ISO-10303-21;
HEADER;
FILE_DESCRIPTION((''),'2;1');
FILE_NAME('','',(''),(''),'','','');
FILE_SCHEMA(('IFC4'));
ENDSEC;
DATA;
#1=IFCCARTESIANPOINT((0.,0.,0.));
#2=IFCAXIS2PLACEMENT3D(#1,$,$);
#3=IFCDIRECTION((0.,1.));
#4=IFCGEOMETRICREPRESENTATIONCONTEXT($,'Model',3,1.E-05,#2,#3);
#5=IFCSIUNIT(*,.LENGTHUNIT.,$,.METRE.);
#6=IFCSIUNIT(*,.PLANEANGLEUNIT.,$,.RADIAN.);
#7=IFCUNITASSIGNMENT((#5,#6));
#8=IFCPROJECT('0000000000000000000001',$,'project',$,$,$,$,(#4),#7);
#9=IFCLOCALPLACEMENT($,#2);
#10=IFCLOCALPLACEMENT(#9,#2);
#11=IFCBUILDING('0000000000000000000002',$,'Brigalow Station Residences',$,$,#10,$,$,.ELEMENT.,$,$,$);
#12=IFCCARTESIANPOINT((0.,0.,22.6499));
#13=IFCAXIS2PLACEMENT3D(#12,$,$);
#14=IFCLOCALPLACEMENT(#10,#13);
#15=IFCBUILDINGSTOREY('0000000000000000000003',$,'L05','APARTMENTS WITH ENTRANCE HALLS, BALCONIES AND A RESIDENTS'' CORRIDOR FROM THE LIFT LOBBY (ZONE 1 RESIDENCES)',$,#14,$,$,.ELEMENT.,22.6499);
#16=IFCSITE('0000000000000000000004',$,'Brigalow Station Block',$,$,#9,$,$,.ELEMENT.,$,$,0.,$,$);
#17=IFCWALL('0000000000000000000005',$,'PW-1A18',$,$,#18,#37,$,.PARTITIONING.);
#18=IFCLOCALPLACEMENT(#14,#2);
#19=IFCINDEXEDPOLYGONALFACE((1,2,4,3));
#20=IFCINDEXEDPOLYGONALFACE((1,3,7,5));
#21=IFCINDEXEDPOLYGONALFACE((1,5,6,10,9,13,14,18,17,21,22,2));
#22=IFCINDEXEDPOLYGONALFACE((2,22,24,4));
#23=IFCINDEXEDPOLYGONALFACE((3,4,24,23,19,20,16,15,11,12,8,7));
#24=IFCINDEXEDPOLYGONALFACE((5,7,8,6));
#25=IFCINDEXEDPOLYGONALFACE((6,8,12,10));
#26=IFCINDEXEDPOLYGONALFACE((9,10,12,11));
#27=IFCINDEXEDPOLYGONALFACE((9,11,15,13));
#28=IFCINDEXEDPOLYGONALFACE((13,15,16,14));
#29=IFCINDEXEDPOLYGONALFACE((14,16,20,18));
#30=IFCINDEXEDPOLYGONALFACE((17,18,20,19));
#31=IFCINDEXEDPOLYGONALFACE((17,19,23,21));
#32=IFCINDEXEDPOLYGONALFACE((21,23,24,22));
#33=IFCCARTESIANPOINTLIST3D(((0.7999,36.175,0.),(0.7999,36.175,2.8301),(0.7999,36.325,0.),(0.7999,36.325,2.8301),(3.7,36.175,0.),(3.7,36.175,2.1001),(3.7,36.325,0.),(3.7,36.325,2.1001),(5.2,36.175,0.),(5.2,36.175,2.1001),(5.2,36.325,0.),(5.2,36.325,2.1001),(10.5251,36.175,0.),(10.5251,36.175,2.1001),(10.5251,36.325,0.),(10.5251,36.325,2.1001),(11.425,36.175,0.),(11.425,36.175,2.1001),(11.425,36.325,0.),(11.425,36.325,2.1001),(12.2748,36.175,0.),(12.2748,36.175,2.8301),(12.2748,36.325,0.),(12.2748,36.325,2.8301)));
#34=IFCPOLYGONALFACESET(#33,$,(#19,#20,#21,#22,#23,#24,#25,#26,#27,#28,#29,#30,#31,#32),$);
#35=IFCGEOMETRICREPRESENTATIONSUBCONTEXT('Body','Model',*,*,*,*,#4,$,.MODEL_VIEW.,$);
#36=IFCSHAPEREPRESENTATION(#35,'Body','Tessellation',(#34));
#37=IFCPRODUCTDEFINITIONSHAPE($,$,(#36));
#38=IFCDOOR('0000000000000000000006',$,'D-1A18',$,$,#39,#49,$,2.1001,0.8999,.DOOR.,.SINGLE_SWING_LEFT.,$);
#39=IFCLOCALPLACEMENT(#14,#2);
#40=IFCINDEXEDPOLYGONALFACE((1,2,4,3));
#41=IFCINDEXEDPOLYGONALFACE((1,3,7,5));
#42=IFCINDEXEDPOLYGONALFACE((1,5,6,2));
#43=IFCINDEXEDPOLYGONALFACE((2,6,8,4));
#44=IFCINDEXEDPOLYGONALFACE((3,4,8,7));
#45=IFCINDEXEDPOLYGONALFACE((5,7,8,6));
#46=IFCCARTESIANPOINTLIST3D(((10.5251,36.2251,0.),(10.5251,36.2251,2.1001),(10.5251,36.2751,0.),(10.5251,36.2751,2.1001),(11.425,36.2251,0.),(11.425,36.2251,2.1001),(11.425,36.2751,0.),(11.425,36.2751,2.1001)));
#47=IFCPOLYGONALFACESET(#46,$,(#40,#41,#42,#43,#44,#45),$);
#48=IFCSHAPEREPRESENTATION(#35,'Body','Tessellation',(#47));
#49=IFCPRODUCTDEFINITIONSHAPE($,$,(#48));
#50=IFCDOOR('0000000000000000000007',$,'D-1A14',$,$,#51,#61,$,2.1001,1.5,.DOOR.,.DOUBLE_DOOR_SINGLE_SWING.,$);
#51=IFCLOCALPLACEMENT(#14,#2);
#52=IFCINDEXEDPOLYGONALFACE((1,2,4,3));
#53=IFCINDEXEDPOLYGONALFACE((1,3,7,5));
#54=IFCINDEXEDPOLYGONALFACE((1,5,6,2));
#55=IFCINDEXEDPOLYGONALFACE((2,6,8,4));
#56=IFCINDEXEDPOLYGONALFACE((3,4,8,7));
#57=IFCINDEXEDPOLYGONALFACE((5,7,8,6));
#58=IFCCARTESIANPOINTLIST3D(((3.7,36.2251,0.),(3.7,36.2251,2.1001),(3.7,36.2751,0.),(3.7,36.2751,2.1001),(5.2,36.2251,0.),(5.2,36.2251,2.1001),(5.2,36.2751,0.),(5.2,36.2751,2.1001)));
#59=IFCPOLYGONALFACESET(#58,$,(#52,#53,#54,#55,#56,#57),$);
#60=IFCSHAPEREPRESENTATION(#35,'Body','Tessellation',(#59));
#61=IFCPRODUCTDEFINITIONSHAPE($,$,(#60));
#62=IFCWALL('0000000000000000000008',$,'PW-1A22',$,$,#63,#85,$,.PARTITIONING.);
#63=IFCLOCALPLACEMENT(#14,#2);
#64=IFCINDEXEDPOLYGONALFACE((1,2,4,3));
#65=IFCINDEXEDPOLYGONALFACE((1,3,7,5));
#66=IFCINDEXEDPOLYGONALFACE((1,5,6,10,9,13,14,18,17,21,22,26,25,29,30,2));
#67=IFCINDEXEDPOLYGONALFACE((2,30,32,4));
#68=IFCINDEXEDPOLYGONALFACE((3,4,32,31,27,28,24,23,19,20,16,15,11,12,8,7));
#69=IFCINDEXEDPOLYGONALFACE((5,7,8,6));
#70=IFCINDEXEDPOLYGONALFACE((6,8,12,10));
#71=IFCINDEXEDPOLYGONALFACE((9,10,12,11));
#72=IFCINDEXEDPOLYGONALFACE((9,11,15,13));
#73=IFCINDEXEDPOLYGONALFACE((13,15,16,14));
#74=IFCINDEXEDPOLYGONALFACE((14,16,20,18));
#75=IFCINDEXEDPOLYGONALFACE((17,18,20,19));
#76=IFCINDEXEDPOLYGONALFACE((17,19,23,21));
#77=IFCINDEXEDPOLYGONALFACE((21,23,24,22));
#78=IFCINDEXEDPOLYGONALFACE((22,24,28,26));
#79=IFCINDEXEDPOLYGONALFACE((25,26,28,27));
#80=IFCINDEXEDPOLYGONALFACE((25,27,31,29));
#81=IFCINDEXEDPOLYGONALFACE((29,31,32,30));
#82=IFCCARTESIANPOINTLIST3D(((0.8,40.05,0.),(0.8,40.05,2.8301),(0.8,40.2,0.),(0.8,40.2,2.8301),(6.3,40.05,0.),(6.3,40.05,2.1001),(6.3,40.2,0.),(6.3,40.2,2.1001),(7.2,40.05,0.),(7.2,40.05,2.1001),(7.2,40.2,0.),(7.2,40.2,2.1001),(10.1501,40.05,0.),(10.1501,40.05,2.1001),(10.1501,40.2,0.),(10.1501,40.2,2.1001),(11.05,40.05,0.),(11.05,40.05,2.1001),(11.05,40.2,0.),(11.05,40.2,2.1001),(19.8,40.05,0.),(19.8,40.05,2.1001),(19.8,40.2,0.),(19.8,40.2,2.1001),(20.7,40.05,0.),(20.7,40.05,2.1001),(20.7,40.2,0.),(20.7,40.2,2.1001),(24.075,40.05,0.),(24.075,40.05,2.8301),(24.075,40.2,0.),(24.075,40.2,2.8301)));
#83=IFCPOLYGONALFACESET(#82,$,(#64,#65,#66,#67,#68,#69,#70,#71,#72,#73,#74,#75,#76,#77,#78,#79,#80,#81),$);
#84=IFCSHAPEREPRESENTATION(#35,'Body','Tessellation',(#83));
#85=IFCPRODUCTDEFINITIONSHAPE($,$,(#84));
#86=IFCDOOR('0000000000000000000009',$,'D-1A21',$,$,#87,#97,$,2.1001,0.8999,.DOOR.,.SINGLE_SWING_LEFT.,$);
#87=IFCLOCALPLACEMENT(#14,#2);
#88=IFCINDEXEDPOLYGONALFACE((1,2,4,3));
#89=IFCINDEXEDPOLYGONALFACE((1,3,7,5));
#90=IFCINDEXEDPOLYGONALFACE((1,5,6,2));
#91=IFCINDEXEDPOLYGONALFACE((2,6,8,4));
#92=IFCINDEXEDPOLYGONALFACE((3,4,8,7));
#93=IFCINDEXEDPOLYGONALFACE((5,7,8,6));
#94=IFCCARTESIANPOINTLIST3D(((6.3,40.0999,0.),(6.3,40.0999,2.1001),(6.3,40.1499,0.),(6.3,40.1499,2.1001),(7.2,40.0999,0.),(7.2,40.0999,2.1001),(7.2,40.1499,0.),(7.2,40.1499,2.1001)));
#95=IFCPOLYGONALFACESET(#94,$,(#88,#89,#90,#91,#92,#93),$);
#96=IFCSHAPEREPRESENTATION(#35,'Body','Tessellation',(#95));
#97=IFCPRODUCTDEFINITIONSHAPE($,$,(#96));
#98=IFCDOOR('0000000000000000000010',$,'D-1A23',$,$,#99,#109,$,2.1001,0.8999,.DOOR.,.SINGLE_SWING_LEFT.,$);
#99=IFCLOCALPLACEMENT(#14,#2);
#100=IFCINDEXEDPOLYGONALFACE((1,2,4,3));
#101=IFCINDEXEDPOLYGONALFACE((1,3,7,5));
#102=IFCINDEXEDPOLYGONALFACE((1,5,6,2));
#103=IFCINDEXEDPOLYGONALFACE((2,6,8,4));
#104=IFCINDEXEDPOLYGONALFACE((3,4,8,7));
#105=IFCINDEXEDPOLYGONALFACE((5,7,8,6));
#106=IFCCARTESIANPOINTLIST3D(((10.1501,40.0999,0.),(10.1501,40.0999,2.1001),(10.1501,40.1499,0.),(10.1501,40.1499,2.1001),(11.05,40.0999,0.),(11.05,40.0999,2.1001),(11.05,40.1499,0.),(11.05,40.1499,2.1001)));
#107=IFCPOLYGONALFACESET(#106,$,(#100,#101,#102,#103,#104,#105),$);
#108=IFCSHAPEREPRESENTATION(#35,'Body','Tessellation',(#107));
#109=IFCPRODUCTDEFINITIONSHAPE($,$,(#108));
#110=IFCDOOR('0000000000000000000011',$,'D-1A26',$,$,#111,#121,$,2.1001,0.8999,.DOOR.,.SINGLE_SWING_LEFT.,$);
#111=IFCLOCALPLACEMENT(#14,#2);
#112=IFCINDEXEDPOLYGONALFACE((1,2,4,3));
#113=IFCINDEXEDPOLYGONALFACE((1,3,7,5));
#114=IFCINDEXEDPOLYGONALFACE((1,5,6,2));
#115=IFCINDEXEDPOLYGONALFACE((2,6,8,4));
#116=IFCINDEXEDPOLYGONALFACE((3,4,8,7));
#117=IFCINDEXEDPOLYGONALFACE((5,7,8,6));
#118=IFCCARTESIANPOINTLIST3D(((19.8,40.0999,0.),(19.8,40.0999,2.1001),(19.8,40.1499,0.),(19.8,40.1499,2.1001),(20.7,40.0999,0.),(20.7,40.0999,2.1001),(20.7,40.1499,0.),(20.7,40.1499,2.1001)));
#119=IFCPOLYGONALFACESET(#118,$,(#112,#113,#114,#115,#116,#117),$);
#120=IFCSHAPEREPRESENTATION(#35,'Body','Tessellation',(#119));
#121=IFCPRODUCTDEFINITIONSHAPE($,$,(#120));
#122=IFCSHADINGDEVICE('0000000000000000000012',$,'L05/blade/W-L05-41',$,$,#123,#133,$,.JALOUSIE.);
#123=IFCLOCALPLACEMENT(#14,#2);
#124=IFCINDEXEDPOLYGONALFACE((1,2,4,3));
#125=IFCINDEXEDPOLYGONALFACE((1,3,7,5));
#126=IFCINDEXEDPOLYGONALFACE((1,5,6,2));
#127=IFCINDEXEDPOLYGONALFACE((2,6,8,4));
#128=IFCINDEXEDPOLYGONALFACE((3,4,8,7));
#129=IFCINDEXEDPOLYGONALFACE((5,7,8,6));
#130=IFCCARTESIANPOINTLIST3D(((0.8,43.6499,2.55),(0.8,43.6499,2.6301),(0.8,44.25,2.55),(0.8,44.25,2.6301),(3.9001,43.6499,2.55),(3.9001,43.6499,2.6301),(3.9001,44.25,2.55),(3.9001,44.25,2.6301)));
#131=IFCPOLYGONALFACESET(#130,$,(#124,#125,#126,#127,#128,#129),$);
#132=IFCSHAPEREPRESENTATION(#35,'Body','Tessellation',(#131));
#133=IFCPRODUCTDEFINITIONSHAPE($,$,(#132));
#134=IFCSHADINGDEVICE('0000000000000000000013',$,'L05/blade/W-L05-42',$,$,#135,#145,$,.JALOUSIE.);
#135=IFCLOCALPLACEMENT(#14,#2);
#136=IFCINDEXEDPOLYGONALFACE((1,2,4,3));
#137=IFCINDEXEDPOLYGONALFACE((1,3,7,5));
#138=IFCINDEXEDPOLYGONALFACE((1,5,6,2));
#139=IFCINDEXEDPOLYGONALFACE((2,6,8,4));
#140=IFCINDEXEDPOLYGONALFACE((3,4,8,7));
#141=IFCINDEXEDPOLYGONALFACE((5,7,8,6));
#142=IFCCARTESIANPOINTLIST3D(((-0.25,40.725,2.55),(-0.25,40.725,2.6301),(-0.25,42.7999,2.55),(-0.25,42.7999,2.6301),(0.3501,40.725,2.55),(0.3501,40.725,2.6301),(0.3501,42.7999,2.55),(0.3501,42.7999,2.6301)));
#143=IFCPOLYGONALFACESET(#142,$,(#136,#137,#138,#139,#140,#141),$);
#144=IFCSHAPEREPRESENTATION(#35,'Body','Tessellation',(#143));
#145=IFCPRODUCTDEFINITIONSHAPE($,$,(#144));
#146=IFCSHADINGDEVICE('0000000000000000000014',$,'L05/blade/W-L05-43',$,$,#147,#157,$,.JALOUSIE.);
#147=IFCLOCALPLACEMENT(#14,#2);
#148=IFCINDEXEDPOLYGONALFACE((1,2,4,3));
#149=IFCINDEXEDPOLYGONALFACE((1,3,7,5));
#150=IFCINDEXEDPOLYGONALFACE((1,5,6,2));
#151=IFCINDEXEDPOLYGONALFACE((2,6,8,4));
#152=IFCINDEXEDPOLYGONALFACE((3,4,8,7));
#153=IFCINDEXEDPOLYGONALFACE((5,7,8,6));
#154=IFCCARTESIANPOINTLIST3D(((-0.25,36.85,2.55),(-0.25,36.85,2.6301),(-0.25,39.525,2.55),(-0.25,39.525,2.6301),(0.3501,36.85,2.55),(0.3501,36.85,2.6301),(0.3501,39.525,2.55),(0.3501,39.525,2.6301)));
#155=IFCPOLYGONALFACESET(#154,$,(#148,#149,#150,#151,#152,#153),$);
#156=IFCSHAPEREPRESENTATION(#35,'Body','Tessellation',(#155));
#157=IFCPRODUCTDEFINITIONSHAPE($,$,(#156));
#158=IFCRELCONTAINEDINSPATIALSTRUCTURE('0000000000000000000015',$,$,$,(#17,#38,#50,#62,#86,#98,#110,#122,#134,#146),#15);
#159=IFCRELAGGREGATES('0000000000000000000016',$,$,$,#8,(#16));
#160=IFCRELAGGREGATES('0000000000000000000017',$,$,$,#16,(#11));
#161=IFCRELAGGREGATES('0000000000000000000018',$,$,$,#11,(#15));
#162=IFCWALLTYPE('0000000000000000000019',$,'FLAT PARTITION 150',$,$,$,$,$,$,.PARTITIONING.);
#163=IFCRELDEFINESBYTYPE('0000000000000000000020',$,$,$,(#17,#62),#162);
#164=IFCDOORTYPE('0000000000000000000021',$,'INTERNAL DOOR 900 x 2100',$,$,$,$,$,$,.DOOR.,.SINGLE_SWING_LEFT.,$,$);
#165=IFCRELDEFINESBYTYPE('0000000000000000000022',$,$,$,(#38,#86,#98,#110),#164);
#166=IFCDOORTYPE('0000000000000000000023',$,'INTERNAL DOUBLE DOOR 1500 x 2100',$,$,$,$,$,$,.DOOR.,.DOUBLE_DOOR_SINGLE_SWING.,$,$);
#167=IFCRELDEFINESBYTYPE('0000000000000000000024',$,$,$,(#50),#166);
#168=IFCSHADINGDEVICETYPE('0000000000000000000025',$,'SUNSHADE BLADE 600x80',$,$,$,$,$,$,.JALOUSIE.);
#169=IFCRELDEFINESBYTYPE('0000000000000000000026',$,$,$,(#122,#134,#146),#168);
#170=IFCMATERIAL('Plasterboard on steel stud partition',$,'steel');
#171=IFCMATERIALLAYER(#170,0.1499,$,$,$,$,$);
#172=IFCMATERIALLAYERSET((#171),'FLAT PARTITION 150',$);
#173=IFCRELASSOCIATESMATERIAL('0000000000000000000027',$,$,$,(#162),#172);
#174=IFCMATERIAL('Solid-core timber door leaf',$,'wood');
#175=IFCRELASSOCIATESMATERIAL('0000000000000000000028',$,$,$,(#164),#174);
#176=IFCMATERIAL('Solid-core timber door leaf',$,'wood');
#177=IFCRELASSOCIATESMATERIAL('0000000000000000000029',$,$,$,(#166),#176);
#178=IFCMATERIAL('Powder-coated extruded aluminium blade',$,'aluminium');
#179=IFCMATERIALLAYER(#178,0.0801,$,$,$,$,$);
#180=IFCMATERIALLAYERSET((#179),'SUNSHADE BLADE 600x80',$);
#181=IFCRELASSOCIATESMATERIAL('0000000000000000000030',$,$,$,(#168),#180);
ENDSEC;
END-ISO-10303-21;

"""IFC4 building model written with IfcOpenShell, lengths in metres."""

from ifc_helpers import new_model, si_unit, direction, frame, frame_2d, origin, origin_2d, place, context, subcontext, project, spatial, rectangle, extrude, material, layer, layer_set, type_object, element, fill, save


model = new_model("IFC4")

# Units and contexts
model_context = context("Model", 3, precision=1e-05, world=origin(), true_north=direction((0.0, 1.0)))
body_context = subcontext(model_context, "Body", "Model", "MODEL_VIEW")
ifc_project = project(units=[si_unit("LENGTHUNIT", "METRE"), si_unit("PLANEANGLEUNIT", "RADIAN")], contexts=[model_context])

# Site, building, storey
site_placement = place(None, origin())
site = spatial("IfcSite", under=ifc_project, at=site_placement, Name="Brigalow Station Block", CompositionType="ELEMENT", RefElevation=0.0)
building_placement = place(site_placement, origin())
building = spatial("IfcBuilding", under=site, at=building_placement, Name="Brigalow Station Residences", CompositionType="ELEMENT")
storey_placement = place(building_placement, frame((0.0, 0.0, 22.6499)))
storey = spatial("IfcBuildingStorey", under=building, at=storey_placement, Name="L05", Description="APARTMENTS WITH ENTRANCE HALLS, BALCONIES AND A RESIDENTS' CORRIDOR FROM THE LIFT LOBBY (ZONE 1 RESIDENCES)", CompositionType="ELEMENT", Elevation=22.6499)

# Walls, openings, doors
ifc_material_1 = material(Name="Plasterboard on steel stud partition", Category="steel")
ifc_layer_1 = layer(ifc_material_1, 0.1499)
ifc_layer_set_1 = layer_set([ifc_layer_1], Name="FLAT PARTITION 150")
wall_type_1 = type_object("IfcWallType", Name="FLAT PARTITION 150", PredefinedType="PARTITIONING", material=ifc_layer_set_1)
wall_1_placement = place(storey_placement, frame((0.8, 36.25, 0.0), z_axis=(0.0, 0.0, 1.0), x_axis=(1.0, 0.0, 0.0)))
wall_1 = element("IfcWall", 1, at=wall_1_placement, inside=storey, type_object=wall_type_1, Name="PW-1A18", PredefinedType="PARTITIONING", context=body_context, shape_type="SweptSolid", body=[
    extrude(rectangle(XDim=11.4749, YDim=0.1499, at=frame_2d((5.7373, 0.0))), origin(), (0.0, 0.0, 1.0), 2.8301),
])
opening_1_placement = place(wall_1_placement, frame((2.8999, 0.0, 0.0)))
opening_1 = element("IfcOpeningElement", 2, at=opening_1_placement, cuts=wall_1, PredefinedType="OPENING", context=body_context, shape_type="SweptSolid", body=[
    extrude(rectangle(XDim=1.5, YDim=2.1001, at=frame_2d((0.75, 1.05))), frame((0.0, 0.085, 0.0), z_axis=(0.0, -1.0, 0.0), x_axis=(1.0, 0.0, 0.0)), (0.0, 0.0, 1.0), 0.1699),
])
opening_2_placement = place(wall_1_placement, frame((9.7251, 0.0, 0.0)))
opening_2 = element("IfcOpeningElement", 3, at=opening_2_placement, cuts=wall_1, PredefinedType="OPENING", context=body_context, shape_type="SweptSolid", body=[
    extrude(rectangle(XDim=0.8999, YDim=2.1001, at=frame_2d((0.45, 1.05))), frame((0.0, 0.085, 0.0), z_axis=(0.0, -1.0, 0.0), x_axis=(1.0, 0.0, 0.0)), (0.0, 0.0, 1.0), 0.1699),
])
ifc_material_2 = material(Name="Solid-core timber door leaf", Category="wood")
door_type_1 = type_object("IfcDoorType", Name="INTERNAL DOOR 900 x 2100", OperationType="SINGLE_SWING_LEFT", PredefinedType="DOOR", material=ifc_material_2)
door_1_placement = place(opening_2_placement, frame((0.8999, 0.0, 0.0), z_axis=(0.0, 0.0, 1.0), x_axis=(-1.0, 0.0, 0.0)))
door_1 = element("IfcDoor", 4, at=door_1_placement, inside=storey, type_object=door_type_1, Name="D-1A18", OperationType="SINGLE_SWING_LEFT", OverallHeight=2.1001, OverallWidth=0.8999, PredefinedType="DOOR", context=body_context, shape_type="SweptSolid", body=[
    extrude(rectangle(XDim=0.8999, YDim=2.1001, at=frame_2d((0.45, 1.05))), frame((0.0, 0.0249, 0.0), z_axis=(0.0, -1.0, 0.0), x_axis=(1.0, 0.0, 0.0)), (0.0, 0.0, 1.0), 0.05),
])
fill(opening_2, door_1)
ifc_material_3 = material(Name="Solid-core timber door leaf", Category="wood")
door_type_2 = type_object("IfcDoorType", Name="INTERNAL DOUBLE DOOR 1500 x 2100", OperationType="DOUBLE_DOOR_SINGLE_SWING", PredefinedType="DOOR", material=ifc_material_3)
door_2_placement = place(opening_1_placement, frame((1.5, 0.0, 0.0), z_axis=(0.0, 0.0, 1.0), x_axis=(-1.0, 0.0, 0.0)))
door_2 = element("IfcDoor", 5, at=door_2_placement, inside=storey, type_object=door_type_2, Name="D-1A14", OperationType="DOUBLE_DOOR_SINGLE_SWING", OverallHeight=2.1001, OverallWidth=1.5, PredefinedType="DOOR", context=body_context, shape_type="SweptSolid", body=[
    extrude(rectangle(XDim=1.5, YDim=2.1001, at=frame_2d((0.75, 1.05))), frame((0.0, 0.0249, 0.0), z_axis=(0.0, -1.0, 0.0), x_axis=(1.0, 0.0, 0.0)), (0.0, 0.0, 1.0), 0.05),
])
fill(opening_1, door_2)
wall_2_placement = place(storey_placement, frame((0.8, 40.125, 0.0), z_axis=(0.0, 0.0, 1.0), x_axis=(1.0, 0.0, 0.0)))
wall_2 = element("IfcWall", 6, at=wall_2_placement, inside=storey, type_object=wall_type_1, Name="PW-1A22", PredefinedType="PARTITIONING", context=body_context, shape_type="SweptSolid", body=[
    extrude(rectangle(XDim=23.2749, YDim=0.1499, at=frame_2d((11.6375, 0.0))), origin(), (0.0, 0.0, 1.0), 2.8301),
])
opening_3_placement = place(wall_2_placement, frame((5.5, 0.0, 0.0)))
opening_3 = element("IfcOpeningElement", 7, at=opening_3_placement, cuts=wall_2, PredefinedType="OPENING", context=body_context, shape_type="SweptSolid", body=[
    extrude(rectangle(XDim=0.8999, YDim=2.1001, at=frame_2d((0.45, 1.05))), frame((0.0, 0.085, 0.0), z_axis=(0.0, -1.0, 0.0), x_axis=(1.0, 0.0, 0.0)), (0.0, 0.0, 1.0), 0.1699),
])
opening_4_placement = place(wall_2_placement, frame((9.3501, 0.0, 0.0)))
opening_4 = element("IfcOpeningElement", 8, at=opening_4_placement, cuts=wall_2, PredefinedType="OPENING", context=body_context, shape_type="SweptSolid", body=[
    extrude(rectangle(XDim=0.8999, YDim=2.1001, at=frame_2d((0.45, 1.05))), frame((0.0, 0.085, 0.0), z_axis=(0.0, -1.0, 0.0), x_axis=(1.0, 0.0, 0.0)), (0.0, 0.0, 1.0), 0.1699),
])
opening_5_placement = place(wall_2_placement, frame((19.0, 0.0, 0.0)))
opening_5 = element("IfcOpeningElement", 9, at=opening_5_placement, cuts=wall_2, PredefinedType="OPENING", context=body_context, shape_type="SweptSolid", body=[
    extrude(rectangle(XDim=0.8999, YDim=2.1001, at=frame_2d((0.45, 1.05))), frame((0.0, 0.085, 0.0), z_axis=(0.0, -1.0, 0.0), x_axis=(1.0, 0.0, 0.0)), (0.0, 0.0, 1.0), 0.1699),
])
door_3_placement = place(opening_3_placement, origin())
door_3 = element("IfcDoor", 10, at=door_3_placement, inside=storey, type_object=door_type_1, Name="D-1A21", OperationType="SINGLE_SWING_LEFT", OverallHeight=2.1001, OverallWidth=0.8999, PredefinedType="DOOR", context=body_context, shape_type="SweptSolid", body=[
    extrude(rectangle(XDim=0.8999, YDim=2.1001, at=frame_2d((0.45, 1.05))), frame((0.0, 0.0249, 0.0), z_axis=(0.0, -1.0, 0.0), x_axis=(1.0, 0.0, 0.0)), (0.0, 0.0, 1.0), 0.05),
])
fill(opening_3, door_3)
door_4_placement = place(opening_4_placement, origin())
door_4 = element("IfcDoor", 11, at=door_4_placement, inside=storey, type_object=door_type_1, Name="D-1A23", OperationType="SINGLE_SWING_LEFT", OverallHeight=2.1001, OverallWidth=0.8999, PredefinedType="DOOR", context=body_context, shape_type="SweptSolid", body=[
    extrude(rectangle(XDim=0.8999, YDim=2.1001, at=frame_2d((0.45, 1.05))), frame((0.0, 0.0249, 0.0), z_axis=(0.0, -1.0, 0.0), x_axis=(1.0, 0.0, 0.0)), (0.0, 0.0, 1.0), 0.05),
])
fill(opening_4, door_4)
door_5_placement = place(opening_5_placement, origin())
door_5 = element("IfcDoor", 12, at=door_5_placement, inside=storey, type_object=door_type_1, Name="D-1A26", OperationType="SINGLE_SWING_LEFT", OverallHeight=2.1001, OverallWidth=0.8999, PredefinedType="DOOR", context=body_context, shape_type="SweptSolid", body=[
    extrude(rectangle(XDim=0.8999, YDim=2.1001, at=frame_2d((0.45, 1.05))), frame((0.0, 0.0249, 0.0), z_axis=(0.0, -1.0, 0.0), x_axis=(1.0, 0.0, 0.0)), (0.0, 0.0, 1.0), 0.05),
])
fill(opening_5, door_5)

# Shading devices
ifc_material_4 = material(Name="Powder-coated extruded aluminium blade", Category="aluminium")
ifc_layer_2 = layer(ifc_material_4, 0.0801)
ifc_layer_set_2 = layer_set([ifc_layer_2], Name="SUNSHADE BLADE 600x80")
shading_device_type = type_object("IfcShadingDeviceType", Name="SUNSHADE BLADE 600x80", PredefinedType="JALOUSIE", material=ifc_layer_set_2)
shading_device_1_placement = place(storey_placement, frame((2.3501, 43.95, 2.55), z_axis=(0.0, 0.0, 1.0), x_axis=(-1.0, 0.0, 0.0)))
element("IfcShadingDevice", 13, at=shading_device_1_placement, inside=storey, type_object=shading_device_type, Name="L05/blade/W-L05-41", PredefinedType="JALOUSIE", context=body_context, shape_type="SweptSolid", body=[
    extrude(rectangle(XDim=3.1001, YDim=0.6001, at=origin_2d()), origin(), (0.0, 0.0, 1.0), 0.0801),
])
shading_device_2_placement = place(storey_placement, frame((0.05, 41.7625, 2.55), z_axis=(0.0, 0.0, 1.0), x_axis=(0.0, -1.0, 0.0)))
element("IfcShadingDevice", 14, at=shading_device_2_placement, inside=storey, type_object=shading_device_type, Name="L05/blade/W-L05-42", PredefinedType="JALOUSIE", context=body_context, shape_type="SweptSolid", body=[
    extrude(rectangle(XDim=2.075, YDim=0.6001, at=origin_2d()), origin(), (0.0, 0.0, 1.0), 0.0801),
])
shading_device_3_placement = place(storey_placement, frame((0.05, 38.1875, 2.55), z_axis=(0.0, 0.0, 1.0), x_axis=(0.0, -1.0, 0.0)))
element("IfcShadingDevice", 15, at=shading_device_3_placement, inside=storey, type_object=shading_device_type, Name="L05/blade/W-L05-43", PredefinedType="JALOUSIE", context=body_context, shape_type="SweptSolid", body=[
    extrude(rectangle(XDim=2.675, YDim=0.6001, at=origin_2d()), origin(), (0.0, 0.0, 1.0), 0.0801),
])

save(model, "model.ifc")
